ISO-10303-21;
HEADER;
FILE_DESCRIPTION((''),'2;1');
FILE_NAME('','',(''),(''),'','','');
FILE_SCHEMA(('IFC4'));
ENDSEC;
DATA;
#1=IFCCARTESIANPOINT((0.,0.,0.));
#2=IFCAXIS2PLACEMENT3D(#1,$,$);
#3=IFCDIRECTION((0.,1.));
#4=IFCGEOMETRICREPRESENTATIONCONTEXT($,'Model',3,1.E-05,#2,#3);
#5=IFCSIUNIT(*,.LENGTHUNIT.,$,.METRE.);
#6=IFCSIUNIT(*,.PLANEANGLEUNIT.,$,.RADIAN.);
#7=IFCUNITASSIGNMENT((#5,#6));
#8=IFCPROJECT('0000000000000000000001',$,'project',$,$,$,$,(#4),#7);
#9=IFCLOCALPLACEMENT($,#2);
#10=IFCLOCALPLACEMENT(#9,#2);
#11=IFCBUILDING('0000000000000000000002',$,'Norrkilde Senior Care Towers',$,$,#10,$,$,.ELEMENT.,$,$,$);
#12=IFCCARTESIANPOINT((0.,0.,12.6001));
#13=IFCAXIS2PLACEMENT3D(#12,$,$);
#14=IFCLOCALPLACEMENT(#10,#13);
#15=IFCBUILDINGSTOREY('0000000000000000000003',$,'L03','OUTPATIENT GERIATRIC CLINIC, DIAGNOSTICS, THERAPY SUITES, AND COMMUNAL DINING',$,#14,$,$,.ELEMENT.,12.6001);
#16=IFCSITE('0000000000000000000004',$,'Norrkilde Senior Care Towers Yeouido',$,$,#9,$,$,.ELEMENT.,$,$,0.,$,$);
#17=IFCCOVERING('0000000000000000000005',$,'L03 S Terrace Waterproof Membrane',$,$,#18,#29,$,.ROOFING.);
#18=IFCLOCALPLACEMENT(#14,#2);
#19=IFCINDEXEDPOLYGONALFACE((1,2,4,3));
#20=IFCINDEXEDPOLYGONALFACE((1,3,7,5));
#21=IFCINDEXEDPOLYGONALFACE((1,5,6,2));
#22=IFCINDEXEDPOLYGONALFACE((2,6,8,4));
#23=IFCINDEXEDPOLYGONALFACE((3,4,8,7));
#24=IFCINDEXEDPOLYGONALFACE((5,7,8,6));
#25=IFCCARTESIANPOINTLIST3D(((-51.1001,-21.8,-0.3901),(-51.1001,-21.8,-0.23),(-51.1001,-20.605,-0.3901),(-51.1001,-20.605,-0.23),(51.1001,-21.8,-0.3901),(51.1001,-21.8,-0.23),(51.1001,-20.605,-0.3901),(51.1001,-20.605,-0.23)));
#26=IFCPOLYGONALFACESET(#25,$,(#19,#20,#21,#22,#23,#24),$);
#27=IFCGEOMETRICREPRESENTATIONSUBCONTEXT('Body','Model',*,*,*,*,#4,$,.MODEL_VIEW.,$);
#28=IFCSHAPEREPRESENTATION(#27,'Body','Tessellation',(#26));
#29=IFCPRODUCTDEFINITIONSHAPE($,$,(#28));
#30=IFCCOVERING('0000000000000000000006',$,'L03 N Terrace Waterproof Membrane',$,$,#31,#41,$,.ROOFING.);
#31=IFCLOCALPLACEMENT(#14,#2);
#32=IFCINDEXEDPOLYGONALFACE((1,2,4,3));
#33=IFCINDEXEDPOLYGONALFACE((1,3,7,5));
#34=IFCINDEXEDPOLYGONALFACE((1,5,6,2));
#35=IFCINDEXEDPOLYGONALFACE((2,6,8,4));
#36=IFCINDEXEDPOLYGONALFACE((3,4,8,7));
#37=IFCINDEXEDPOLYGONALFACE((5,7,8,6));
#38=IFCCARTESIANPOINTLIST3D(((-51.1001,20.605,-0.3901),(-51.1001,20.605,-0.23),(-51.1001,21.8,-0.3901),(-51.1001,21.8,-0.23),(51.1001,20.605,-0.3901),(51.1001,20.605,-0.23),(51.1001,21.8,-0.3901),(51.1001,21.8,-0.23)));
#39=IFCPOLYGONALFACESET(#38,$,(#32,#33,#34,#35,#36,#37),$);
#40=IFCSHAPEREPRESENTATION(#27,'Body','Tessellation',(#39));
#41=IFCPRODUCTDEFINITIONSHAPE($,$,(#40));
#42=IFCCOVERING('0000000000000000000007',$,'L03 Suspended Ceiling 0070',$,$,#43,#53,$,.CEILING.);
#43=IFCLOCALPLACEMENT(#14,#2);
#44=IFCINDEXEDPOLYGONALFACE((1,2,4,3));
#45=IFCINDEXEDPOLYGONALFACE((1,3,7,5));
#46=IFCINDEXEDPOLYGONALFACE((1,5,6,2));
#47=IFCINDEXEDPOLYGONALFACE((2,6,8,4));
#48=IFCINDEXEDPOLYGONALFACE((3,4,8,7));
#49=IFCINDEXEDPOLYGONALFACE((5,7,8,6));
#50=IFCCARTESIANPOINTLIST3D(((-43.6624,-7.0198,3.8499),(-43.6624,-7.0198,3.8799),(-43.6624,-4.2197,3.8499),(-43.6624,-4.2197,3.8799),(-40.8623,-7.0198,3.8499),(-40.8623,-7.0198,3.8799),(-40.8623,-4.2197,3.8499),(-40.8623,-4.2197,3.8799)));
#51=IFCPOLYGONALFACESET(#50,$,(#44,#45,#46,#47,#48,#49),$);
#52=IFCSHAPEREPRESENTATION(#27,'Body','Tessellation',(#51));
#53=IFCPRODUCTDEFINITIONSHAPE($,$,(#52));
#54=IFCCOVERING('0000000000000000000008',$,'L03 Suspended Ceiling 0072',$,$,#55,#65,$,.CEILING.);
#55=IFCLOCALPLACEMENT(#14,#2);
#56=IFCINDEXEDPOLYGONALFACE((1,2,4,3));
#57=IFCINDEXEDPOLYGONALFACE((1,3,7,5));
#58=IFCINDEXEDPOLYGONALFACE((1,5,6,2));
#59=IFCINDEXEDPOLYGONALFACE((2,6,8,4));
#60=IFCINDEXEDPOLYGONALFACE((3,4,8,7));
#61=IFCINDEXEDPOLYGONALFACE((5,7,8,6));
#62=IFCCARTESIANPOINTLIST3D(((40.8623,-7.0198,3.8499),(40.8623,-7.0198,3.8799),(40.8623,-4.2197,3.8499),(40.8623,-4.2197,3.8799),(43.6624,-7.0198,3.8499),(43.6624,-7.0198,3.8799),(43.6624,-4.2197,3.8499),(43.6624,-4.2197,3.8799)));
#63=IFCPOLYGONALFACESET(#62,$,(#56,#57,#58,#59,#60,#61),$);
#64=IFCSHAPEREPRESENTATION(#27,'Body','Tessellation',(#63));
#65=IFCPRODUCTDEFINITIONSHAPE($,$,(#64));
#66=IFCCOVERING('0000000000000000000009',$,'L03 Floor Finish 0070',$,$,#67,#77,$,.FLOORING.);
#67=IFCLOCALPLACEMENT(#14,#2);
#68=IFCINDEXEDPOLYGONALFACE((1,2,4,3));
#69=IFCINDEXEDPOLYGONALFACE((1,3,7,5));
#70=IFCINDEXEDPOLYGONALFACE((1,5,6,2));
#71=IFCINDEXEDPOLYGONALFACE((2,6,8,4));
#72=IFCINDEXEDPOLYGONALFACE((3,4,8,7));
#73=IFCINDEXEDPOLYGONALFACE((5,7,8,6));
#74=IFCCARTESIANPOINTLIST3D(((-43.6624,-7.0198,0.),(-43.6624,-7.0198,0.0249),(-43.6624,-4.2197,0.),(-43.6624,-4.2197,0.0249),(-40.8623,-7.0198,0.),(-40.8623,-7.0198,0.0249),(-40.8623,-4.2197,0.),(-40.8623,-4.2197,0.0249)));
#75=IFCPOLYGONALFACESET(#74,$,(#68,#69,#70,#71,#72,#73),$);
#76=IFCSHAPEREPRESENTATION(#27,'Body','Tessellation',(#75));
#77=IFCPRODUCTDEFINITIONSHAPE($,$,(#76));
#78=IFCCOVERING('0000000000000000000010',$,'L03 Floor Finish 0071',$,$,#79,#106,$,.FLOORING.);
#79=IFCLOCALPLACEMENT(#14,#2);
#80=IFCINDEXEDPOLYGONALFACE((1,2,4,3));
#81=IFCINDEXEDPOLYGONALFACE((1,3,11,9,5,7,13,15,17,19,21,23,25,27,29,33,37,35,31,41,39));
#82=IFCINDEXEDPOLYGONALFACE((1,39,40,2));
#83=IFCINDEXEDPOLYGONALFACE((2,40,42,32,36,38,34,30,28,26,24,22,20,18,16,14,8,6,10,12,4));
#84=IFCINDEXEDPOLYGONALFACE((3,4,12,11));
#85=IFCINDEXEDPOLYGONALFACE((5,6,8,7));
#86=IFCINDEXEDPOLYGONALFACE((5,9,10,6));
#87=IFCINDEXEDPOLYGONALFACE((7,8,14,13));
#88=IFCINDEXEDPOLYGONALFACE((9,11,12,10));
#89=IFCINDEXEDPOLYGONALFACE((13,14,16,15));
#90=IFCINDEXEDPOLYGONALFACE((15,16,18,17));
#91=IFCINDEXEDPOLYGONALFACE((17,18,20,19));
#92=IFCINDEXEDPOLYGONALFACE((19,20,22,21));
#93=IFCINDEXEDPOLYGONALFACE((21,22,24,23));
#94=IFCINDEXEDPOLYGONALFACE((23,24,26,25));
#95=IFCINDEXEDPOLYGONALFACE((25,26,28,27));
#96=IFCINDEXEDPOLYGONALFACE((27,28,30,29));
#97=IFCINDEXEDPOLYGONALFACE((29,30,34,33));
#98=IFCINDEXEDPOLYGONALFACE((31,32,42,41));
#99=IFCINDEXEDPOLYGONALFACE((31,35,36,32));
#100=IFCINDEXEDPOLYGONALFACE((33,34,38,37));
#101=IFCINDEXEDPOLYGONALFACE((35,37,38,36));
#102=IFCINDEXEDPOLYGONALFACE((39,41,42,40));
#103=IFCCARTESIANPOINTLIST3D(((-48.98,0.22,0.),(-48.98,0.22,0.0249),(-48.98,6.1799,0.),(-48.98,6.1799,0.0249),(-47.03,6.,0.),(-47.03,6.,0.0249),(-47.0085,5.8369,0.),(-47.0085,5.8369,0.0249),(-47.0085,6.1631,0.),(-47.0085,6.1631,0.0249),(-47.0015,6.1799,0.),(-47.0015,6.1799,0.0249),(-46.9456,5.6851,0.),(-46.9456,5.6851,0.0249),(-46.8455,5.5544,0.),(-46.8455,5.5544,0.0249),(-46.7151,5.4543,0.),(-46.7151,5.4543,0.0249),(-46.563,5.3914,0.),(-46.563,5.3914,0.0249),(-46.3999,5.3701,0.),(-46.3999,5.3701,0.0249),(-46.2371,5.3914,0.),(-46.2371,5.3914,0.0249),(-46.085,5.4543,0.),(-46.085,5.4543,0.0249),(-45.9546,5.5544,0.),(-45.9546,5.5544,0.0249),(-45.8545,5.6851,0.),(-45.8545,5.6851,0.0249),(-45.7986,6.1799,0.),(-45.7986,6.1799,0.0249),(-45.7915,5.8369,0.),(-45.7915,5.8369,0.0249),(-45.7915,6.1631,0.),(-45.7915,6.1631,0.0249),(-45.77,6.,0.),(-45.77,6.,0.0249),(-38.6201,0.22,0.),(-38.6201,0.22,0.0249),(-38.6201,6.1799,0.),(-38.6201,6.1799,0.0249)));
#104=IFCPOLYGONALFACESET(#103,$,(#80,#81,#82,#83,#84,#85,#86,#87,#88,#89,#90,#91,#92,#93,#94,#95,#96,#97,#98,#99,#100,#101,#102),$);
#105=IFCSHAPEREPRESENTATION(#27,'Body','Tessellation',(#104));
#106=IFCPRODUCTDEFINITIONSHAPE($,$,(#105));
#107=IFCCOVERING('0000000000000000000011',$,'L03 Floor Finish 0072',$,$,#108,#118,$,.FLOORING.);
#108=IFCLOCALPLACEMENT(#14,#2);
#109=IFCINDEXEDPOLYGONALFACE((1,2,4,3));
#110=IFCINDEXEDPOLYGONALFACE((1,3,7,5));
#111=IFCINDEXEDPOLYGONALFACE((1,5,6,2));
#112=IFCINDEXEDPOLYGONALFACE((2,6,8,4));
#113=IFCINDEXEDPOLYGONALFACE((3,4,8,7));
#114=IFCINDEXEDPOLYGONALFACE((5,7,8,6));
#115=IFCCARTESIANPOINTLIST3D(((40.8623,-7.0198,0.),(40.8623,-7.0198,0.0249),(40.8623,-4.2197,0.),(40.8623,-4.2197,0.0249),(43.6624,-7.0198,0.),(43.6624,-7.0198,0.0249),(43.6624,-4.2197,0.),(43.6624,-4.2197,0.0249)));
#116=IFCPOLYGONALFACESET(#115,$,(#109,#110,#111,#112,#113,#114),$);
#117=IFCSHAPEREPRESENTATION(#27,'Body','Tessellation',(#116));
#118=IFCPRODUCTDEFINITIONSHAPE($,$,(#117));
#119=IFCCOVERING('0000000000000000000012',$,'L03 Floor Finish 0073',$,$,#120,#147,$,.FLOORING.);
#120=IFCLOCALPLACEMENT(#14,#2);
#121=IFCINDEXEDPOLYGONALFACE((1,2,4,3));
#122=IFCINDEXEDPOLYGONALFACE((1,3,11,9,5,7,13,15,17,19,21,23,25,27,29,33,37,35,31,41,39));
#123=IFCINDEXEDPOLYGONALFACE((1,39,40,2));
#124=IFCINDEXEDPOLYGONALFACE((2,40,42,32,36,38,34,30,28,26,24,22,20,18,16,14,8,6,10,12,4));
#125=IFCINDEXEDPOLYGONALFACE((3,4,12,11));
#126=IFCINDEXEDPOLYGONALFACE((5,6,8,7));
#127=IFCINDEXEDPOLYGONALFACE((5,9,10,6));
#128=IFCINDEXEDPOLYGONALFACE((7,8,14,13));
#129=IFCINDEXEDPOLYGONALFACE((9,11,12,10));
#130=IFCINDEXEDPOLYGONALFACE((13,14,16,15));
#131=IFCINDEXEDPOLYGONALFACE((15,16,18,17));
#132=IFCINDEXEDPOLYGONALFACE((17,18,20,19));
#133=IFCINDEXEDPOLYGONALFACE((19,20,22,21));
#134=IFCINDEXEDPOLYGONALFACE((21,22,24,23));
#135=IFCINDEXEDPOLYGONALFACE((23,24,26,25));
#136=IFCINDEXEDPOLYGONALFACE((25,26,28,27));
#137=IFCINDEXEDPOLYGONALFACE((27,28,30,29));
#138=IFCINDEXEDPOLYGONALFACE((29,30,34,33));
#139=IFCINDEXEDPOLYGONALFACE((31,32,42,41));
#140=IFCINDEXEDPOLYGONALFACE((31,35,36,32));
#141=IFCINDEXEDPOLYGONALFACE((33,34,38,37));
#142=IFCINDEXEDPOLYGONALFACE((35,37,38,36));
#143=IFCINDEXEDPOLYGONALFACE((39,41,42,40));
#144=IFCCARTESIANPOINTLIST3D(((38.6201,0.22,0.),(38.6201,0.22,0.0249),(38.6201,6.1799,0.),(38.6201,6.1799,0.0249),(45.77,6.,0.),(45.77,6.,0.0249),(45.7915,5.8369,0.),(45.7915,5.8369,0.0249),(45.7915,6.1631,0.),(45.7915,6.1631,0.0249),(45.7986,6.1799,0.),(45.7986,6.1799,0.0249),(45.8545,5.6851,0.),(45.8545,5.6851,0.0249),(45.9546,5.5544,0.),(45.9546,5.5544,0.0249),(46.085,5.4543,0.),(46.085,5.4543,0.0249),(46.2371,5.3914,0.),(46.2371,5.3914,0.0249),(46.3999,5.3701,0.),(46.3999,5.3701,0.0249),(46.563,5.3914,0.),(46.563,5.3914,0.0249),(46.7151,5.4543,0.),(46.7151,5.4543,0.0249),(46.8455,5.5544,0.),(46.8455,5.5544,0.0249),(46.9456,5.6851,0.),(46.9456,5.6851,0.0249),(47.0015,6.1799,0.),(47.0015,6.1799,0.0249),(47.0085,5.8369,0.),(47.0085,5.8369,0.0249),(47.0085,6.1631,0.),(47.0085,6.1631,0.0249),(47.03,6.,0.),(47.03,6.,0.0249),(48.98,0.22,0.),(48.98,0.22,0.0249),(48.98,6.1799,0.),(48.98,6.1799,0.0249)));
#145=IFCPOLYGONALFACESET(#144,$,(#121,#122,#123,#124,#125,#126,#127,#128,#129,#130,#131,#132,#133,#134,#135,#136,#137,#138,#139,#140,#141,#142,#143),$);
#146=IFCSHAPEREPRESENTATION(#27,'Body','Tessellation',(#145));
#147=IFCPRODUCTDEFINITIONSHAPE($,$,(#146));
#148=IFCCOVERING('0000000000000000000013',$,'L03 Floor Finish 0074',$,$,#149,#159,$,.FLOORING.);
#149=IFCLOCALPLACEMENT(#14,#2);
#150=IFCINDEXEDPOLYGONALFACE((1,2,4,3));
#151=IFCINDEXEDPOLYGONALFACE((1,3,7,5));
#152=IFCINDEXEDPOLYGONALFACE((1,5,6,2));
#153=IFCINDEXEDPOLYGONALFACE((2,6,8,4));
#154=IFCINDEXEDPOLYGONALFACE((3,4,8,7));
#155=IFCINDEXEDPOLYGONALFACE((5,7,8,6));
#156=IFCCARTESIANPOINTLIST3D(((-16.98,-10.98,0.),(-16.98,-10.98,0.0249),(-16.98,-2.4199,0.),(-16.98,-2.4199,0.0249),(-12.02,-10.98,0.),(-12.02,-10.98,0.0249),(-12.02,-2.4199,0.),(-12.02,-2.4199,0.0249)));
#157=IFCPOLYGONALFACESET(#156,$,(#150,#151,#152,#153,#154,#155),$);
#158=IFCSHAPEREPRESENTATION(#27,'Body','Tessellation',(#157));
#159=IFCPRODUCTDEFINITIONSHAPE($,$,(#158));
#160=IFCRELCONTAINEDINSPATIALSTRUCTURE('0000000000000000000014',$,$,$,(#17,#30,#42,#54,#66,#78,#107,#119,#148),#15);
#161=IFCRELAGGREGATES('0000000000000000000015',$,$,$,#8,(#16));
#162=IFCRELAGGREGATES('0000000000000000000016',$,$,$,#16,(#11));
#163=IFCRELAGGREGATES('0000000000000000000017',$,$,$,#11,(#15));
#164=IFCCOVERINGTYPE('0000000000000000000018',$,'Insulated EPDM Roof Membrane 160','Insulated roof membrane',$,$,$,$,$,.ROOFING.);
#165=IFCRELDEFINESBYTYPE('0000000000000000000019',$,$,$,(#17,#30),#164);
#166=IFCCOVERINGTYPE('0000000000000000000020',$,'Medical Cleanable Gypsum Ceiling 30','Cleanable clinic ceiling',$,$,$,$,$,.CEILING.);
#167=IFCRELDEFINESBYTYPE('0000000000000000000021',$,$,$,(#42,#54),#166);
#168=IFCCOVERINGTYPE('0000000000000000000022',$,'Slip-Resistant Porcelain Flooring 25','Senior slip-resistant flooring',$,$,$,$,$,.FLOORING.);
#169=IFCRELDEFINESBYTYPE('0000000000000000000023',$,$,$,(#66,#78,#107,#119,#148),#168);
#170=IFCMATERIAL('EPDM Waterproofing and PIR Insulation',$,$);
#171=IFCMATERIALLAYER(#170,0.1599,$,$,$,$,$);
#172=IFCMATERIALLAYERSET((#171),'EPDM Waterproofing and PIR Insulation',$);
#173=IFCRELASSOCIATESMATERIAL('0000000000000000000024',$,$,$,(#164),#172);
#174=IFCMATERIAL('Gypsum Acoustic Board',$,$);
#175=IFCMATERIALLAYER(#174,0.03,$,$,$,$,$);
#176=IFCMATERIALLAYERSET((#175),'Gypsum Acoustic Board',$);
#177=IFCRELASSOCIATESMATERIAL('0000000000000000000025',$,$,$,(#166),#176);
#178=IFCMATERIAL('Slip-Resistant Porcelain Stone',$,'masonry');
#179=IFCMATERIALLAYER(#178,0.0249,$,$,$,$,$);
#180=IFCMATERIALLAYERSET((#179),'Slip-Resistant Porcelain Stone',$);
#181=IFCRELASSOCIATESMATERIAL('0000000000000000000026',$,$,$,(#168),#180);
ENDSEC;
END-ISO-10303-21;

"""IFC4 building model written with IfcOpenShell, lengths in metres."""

from ifc_helpers import new_model, si_unit, direction, frame, origin, place, context, subcontext, project, spatial, polyline, outline, extrude, material, layer, layer_set, type_object, element, save


model = new_model("IFC4")

# Units and contexts
model_context = context("Model", 3, precision=1e-05, world=origin(), true_north=direction((0.0, 1.0)))
body_context = subcontext(model_context, "Body", "Model", "MODEL_VIEW")
ifc_project = project(units=[si_unit("LENGTHUNIT", "METRE"), si_unit("PLANEANGLEUNIT", "RADIAN")], contexts=[model_context])

# Site, building, storey
site_placement = place(None, origin())
site = spatial("IfcSite", under=ifc_project, at=site_placement, Name="Norrkilde Senior Care Towers Yeouido", CompositionType="ELEMENT", RefElevation=0.0)
building_placement = place(site_placement, origin())
building = spatial("IfcBuilding", under=site, at=building_placement, Name="Norrkilde Senior Care Towers", CompositionType="ELEMENT")
storey_placement = place(building_placement, frame((0.0, 0.0, 12.6001)))
storey = spatial("IfcBuildingStorey", under=building, at=storey_placement, Name="L03", Description="OUTPATIENT GERIATRIC CLINIC, DIAGNOSTICS, THERAPY SUITES, AND COMMUNAL DINING", CompositionType="ELEMENT", Elevation=12.6001)

# Coverings
ifc_material_1 = material(Name="EPDM Waterproofing and PIR Insulation")
ifc_layer_1 = layer(ifc_material_1, 0.1599)
ifc_layer_set_1 = layer_set([ifc_layer_1], Name="EPDM Waterproofing and PIR Insulation")
covering_type_1 = type_object("IfcCoveringType", Name="Insulated EPDM Roof Membrane 160", Description="Insulated roof membrane", PredefinedType="ROOFING", material=ifc_layer_set_1)
covering_1_placement = place(storey_placement, frame((0.0, 0.0, -0.3901)))
element("IfcCovering", 1, at=covering_1_placement, inside=storey, type_object=covering_type_1, Name="L03 S Terrace Waterproof Membrane", PredefinedType="ROOFING", context=body_context, shape_type="SweptSolid", body=[
    extrude(outline(polyline([(-51.1001, -21.8), (51.1001, -21.8), (51.1001, -20.605), (-51.1001, -20.605), (-51.1001, -21.8)])), origin(), (0.0, 0.0, 1.0), 0.1602),
])
covering_2_placement = place(storey_placement, frame((0.0, 0.0, -0.3901)))
element("IfcCovering", 2, at=covering_2_placement, inside=storey, type_object=covering_type_1, Name="L03 N Terrace Waterproof Membrane", PredefinedType="ROOFING", context=body_context, shape_type="SweptSolid", body=[
    extrude(outline(polyline([(-51.1001, 20.605), (51.1001, 20.605), (51.1001, 21.8), (-51.1001, 21.8), (-51.1001, 20.605)])), origin(), (0.0, 0.0, 1.0), 0.1602),
])
ifc_material_2 = material(Name="Gypsum Acoustic Board")
ifc_layer_2 = layer(ifc_material_2, 0.03)
ifc_layer_set_2 = layer_set([ifc_layer_2], Name="Gypsum Acoustic Board")
covering_type_2 = type_object("IfcCoveringType", Name="Medical Cleanable Gypsum Ceiling 30", Description="Cleanable clinic ceiling", PredefinedType="CEILING", material=ifc_layer_set_2)
covering_3_placement = place(storey_placement, frame((0.0, 0.0, 3.8499)))
element("IfcCovering", 3, at=covering_3_placement, inside=storey, type_object=covering_type_2, Name="L03 Suspended Ceiling 0070", PredefinedType="CEILING", context=body_context, shape_type="SweptSolid", body=[
    extrude(outline(polyline([(-43.6624, -7.0198), (-43.6624, -4.2197), (-40.8623, -4.2197), (-40.8623, -7.0198), (-43.6624, -7.0198)])), origin(), (0.0, 0.0, 1.0), 0.03),
])
covering_4_placement = place(storey_placement, frame((0.0, 0.0, 3.8499)))
element("IfcCovering", 4, at=covering_4_placement, inside=storey, type_object=covering_type_2, Name="L03 Suspended Ceiling 0072", PredefinedType="CEILING", context=body_context, shape_type="SweptSolid", body=[
    extrude(outline(polyline([(40.8623, -7.0198), (40.8623, -4.2197), (43.6624, -4.2197), (43.6624, -7.0198), (40.8623, -7.0198)])), origin(), (0.0, 0.0, 1.0), 0.03),
])
ifc_material_3 = material(Name="Slip-Resistant Porcelain Stone", Category="masonry")
ifc_layer_3 = layer(ifc_material_3, 0.0249)
ifc_layer_set_3 = layer_set([ifc_layer_3], Name="Slip-Resistant Porcelain Stone")
covering_type_3 = type_object("IfcCoveringType", Name="Slip-Resistant Porcelain Flooring 25", Description="Senior slip-resistant flooring", PredefinedType="FLOORING", material=ifc_layer_set_3)
covering_5_placement = place(storey_placement, origin())
element("IfcCovering", 5, at=covering_5_placement, inside=storey, type_object=covering_type_3, Name="L03 Floor Finish 0070", PredefinedType="FLOORING", context=body_context, shape_type="SweptSolid", body=[
    extrude(outline(polyline([(-43.6624, -7.0198), (-43.6624, -4.2197), (-40.8623, -4.2197), (-40.8623, -7.0198), (-43.6624, -7.0198)])), origin(), (0.0, 0.0, 1.0), 0.0249),
])
covering_6_placement = place(storey_placement, origin())
element("IfcCovering", 6, at=covering_6_placement, inside=storey, type_object=covering_type_3, Name="L03 Floor Finish 0071", PredefinedType="FLOORING", context=body_context, shape_type="SweptSolid", body=[
    extrude(outline(polyline([(-38.6201, 0.22), (-48.98, 0.22), (-48.98, 6.1799), (-47.0015, 6.1799), (-47.0085, 6.1631), (-47.03, 6.0), (-47.0085, 5.8369), (-46.9456, 5.6851), (-46.8455, 5.5544), (-46.7151, 5.4543), (-46.563, 5.3914), (-46.3999, 5.3701), (-46.2371, 5.3914), (-46.085, 5.4543), (-45.9546, 5.5544), (-45.8545, 5.6851), (-45.7915, 5.8369), (-45.77, 6.0), (-45.7915, 6.1631), (-45.7986, 6.1799), (-38.6201, 6.1799), (-38.6201, 0.22)])), origin(), (0.0, 0.0, 1.0), 0.0249),
])
covering_7_placement = place(storey_placement, origin())
element("IfcCovering", 7, at=covering_7_placement, inside=storey, type_object=covering_type_3, Name="L03 Floor Finish 0072", PredefinedType="FLOORING", context=body_context, shape_type="SweptSolid", body=[
    extrude(outline(polyline([(40.8623, -7.0198), (40.8623, -4.2197), (43.6624, -4.2197), (43.6624, -7.0198), (40.8623, -7.0198)])), origin(), (0.0, 0.0, 1.0), 0.0249),
])
covering_8_placement = place(storey_placement, origin())
element("IfcCovering", 8, at=covering_8_placement, inside=storey, type_object=covering_type_3, Name="L03 Floor Finish 0073", PredefinedType="FLOORING", context=body_context, shape_type="SweptSolid", body=[
    extrude(outline(polyline([(48.98, 0.22), (38.6201, 0.22), (38.6201, 6.1799), (45.7986, 6.1799), (45.7915, 6.1631), (45.77, 6.0), (45.7915, 5.8369), (45.8545, 5.6851), (45.9546, 5.5544), (46.085, 5.4543), (46.2371, 5.3914), (46.3999, 5.3701), (46.563, 5.3914), (46.7151, 5.4543), (46.8455, 5.5544), (46.9456, 5.6851), (47.0085, 5.8369), (47.03, 6.0), (47.0085, 6.1631), (47.0015, 6.1799), (48.98, 6.1799), (48.98, 0.22)])), origin(), (0.0, 0.0, 1.0), 0.0249),
])
covering_9_placement = place(storey_placement, origin())
element("IfcCovering", 9, at=covering_9_placement, inside=storey, type_object=covering_type_3, Name="L03 Floor Finish 0074", PredefinedType="FLOORING", context=body_context, shape_type="SweptSolid", body=[
    extrude(outline(polyline([(-12.02, -2.4199), (-12.02, -10.98), (-16.98, -10.98), (-16.98, -2.4199), (-12.02, -2.4199)])), origin(), (0.0, 0.0, 1.0), 0.0249),
])

save(model, "model.ifc")
